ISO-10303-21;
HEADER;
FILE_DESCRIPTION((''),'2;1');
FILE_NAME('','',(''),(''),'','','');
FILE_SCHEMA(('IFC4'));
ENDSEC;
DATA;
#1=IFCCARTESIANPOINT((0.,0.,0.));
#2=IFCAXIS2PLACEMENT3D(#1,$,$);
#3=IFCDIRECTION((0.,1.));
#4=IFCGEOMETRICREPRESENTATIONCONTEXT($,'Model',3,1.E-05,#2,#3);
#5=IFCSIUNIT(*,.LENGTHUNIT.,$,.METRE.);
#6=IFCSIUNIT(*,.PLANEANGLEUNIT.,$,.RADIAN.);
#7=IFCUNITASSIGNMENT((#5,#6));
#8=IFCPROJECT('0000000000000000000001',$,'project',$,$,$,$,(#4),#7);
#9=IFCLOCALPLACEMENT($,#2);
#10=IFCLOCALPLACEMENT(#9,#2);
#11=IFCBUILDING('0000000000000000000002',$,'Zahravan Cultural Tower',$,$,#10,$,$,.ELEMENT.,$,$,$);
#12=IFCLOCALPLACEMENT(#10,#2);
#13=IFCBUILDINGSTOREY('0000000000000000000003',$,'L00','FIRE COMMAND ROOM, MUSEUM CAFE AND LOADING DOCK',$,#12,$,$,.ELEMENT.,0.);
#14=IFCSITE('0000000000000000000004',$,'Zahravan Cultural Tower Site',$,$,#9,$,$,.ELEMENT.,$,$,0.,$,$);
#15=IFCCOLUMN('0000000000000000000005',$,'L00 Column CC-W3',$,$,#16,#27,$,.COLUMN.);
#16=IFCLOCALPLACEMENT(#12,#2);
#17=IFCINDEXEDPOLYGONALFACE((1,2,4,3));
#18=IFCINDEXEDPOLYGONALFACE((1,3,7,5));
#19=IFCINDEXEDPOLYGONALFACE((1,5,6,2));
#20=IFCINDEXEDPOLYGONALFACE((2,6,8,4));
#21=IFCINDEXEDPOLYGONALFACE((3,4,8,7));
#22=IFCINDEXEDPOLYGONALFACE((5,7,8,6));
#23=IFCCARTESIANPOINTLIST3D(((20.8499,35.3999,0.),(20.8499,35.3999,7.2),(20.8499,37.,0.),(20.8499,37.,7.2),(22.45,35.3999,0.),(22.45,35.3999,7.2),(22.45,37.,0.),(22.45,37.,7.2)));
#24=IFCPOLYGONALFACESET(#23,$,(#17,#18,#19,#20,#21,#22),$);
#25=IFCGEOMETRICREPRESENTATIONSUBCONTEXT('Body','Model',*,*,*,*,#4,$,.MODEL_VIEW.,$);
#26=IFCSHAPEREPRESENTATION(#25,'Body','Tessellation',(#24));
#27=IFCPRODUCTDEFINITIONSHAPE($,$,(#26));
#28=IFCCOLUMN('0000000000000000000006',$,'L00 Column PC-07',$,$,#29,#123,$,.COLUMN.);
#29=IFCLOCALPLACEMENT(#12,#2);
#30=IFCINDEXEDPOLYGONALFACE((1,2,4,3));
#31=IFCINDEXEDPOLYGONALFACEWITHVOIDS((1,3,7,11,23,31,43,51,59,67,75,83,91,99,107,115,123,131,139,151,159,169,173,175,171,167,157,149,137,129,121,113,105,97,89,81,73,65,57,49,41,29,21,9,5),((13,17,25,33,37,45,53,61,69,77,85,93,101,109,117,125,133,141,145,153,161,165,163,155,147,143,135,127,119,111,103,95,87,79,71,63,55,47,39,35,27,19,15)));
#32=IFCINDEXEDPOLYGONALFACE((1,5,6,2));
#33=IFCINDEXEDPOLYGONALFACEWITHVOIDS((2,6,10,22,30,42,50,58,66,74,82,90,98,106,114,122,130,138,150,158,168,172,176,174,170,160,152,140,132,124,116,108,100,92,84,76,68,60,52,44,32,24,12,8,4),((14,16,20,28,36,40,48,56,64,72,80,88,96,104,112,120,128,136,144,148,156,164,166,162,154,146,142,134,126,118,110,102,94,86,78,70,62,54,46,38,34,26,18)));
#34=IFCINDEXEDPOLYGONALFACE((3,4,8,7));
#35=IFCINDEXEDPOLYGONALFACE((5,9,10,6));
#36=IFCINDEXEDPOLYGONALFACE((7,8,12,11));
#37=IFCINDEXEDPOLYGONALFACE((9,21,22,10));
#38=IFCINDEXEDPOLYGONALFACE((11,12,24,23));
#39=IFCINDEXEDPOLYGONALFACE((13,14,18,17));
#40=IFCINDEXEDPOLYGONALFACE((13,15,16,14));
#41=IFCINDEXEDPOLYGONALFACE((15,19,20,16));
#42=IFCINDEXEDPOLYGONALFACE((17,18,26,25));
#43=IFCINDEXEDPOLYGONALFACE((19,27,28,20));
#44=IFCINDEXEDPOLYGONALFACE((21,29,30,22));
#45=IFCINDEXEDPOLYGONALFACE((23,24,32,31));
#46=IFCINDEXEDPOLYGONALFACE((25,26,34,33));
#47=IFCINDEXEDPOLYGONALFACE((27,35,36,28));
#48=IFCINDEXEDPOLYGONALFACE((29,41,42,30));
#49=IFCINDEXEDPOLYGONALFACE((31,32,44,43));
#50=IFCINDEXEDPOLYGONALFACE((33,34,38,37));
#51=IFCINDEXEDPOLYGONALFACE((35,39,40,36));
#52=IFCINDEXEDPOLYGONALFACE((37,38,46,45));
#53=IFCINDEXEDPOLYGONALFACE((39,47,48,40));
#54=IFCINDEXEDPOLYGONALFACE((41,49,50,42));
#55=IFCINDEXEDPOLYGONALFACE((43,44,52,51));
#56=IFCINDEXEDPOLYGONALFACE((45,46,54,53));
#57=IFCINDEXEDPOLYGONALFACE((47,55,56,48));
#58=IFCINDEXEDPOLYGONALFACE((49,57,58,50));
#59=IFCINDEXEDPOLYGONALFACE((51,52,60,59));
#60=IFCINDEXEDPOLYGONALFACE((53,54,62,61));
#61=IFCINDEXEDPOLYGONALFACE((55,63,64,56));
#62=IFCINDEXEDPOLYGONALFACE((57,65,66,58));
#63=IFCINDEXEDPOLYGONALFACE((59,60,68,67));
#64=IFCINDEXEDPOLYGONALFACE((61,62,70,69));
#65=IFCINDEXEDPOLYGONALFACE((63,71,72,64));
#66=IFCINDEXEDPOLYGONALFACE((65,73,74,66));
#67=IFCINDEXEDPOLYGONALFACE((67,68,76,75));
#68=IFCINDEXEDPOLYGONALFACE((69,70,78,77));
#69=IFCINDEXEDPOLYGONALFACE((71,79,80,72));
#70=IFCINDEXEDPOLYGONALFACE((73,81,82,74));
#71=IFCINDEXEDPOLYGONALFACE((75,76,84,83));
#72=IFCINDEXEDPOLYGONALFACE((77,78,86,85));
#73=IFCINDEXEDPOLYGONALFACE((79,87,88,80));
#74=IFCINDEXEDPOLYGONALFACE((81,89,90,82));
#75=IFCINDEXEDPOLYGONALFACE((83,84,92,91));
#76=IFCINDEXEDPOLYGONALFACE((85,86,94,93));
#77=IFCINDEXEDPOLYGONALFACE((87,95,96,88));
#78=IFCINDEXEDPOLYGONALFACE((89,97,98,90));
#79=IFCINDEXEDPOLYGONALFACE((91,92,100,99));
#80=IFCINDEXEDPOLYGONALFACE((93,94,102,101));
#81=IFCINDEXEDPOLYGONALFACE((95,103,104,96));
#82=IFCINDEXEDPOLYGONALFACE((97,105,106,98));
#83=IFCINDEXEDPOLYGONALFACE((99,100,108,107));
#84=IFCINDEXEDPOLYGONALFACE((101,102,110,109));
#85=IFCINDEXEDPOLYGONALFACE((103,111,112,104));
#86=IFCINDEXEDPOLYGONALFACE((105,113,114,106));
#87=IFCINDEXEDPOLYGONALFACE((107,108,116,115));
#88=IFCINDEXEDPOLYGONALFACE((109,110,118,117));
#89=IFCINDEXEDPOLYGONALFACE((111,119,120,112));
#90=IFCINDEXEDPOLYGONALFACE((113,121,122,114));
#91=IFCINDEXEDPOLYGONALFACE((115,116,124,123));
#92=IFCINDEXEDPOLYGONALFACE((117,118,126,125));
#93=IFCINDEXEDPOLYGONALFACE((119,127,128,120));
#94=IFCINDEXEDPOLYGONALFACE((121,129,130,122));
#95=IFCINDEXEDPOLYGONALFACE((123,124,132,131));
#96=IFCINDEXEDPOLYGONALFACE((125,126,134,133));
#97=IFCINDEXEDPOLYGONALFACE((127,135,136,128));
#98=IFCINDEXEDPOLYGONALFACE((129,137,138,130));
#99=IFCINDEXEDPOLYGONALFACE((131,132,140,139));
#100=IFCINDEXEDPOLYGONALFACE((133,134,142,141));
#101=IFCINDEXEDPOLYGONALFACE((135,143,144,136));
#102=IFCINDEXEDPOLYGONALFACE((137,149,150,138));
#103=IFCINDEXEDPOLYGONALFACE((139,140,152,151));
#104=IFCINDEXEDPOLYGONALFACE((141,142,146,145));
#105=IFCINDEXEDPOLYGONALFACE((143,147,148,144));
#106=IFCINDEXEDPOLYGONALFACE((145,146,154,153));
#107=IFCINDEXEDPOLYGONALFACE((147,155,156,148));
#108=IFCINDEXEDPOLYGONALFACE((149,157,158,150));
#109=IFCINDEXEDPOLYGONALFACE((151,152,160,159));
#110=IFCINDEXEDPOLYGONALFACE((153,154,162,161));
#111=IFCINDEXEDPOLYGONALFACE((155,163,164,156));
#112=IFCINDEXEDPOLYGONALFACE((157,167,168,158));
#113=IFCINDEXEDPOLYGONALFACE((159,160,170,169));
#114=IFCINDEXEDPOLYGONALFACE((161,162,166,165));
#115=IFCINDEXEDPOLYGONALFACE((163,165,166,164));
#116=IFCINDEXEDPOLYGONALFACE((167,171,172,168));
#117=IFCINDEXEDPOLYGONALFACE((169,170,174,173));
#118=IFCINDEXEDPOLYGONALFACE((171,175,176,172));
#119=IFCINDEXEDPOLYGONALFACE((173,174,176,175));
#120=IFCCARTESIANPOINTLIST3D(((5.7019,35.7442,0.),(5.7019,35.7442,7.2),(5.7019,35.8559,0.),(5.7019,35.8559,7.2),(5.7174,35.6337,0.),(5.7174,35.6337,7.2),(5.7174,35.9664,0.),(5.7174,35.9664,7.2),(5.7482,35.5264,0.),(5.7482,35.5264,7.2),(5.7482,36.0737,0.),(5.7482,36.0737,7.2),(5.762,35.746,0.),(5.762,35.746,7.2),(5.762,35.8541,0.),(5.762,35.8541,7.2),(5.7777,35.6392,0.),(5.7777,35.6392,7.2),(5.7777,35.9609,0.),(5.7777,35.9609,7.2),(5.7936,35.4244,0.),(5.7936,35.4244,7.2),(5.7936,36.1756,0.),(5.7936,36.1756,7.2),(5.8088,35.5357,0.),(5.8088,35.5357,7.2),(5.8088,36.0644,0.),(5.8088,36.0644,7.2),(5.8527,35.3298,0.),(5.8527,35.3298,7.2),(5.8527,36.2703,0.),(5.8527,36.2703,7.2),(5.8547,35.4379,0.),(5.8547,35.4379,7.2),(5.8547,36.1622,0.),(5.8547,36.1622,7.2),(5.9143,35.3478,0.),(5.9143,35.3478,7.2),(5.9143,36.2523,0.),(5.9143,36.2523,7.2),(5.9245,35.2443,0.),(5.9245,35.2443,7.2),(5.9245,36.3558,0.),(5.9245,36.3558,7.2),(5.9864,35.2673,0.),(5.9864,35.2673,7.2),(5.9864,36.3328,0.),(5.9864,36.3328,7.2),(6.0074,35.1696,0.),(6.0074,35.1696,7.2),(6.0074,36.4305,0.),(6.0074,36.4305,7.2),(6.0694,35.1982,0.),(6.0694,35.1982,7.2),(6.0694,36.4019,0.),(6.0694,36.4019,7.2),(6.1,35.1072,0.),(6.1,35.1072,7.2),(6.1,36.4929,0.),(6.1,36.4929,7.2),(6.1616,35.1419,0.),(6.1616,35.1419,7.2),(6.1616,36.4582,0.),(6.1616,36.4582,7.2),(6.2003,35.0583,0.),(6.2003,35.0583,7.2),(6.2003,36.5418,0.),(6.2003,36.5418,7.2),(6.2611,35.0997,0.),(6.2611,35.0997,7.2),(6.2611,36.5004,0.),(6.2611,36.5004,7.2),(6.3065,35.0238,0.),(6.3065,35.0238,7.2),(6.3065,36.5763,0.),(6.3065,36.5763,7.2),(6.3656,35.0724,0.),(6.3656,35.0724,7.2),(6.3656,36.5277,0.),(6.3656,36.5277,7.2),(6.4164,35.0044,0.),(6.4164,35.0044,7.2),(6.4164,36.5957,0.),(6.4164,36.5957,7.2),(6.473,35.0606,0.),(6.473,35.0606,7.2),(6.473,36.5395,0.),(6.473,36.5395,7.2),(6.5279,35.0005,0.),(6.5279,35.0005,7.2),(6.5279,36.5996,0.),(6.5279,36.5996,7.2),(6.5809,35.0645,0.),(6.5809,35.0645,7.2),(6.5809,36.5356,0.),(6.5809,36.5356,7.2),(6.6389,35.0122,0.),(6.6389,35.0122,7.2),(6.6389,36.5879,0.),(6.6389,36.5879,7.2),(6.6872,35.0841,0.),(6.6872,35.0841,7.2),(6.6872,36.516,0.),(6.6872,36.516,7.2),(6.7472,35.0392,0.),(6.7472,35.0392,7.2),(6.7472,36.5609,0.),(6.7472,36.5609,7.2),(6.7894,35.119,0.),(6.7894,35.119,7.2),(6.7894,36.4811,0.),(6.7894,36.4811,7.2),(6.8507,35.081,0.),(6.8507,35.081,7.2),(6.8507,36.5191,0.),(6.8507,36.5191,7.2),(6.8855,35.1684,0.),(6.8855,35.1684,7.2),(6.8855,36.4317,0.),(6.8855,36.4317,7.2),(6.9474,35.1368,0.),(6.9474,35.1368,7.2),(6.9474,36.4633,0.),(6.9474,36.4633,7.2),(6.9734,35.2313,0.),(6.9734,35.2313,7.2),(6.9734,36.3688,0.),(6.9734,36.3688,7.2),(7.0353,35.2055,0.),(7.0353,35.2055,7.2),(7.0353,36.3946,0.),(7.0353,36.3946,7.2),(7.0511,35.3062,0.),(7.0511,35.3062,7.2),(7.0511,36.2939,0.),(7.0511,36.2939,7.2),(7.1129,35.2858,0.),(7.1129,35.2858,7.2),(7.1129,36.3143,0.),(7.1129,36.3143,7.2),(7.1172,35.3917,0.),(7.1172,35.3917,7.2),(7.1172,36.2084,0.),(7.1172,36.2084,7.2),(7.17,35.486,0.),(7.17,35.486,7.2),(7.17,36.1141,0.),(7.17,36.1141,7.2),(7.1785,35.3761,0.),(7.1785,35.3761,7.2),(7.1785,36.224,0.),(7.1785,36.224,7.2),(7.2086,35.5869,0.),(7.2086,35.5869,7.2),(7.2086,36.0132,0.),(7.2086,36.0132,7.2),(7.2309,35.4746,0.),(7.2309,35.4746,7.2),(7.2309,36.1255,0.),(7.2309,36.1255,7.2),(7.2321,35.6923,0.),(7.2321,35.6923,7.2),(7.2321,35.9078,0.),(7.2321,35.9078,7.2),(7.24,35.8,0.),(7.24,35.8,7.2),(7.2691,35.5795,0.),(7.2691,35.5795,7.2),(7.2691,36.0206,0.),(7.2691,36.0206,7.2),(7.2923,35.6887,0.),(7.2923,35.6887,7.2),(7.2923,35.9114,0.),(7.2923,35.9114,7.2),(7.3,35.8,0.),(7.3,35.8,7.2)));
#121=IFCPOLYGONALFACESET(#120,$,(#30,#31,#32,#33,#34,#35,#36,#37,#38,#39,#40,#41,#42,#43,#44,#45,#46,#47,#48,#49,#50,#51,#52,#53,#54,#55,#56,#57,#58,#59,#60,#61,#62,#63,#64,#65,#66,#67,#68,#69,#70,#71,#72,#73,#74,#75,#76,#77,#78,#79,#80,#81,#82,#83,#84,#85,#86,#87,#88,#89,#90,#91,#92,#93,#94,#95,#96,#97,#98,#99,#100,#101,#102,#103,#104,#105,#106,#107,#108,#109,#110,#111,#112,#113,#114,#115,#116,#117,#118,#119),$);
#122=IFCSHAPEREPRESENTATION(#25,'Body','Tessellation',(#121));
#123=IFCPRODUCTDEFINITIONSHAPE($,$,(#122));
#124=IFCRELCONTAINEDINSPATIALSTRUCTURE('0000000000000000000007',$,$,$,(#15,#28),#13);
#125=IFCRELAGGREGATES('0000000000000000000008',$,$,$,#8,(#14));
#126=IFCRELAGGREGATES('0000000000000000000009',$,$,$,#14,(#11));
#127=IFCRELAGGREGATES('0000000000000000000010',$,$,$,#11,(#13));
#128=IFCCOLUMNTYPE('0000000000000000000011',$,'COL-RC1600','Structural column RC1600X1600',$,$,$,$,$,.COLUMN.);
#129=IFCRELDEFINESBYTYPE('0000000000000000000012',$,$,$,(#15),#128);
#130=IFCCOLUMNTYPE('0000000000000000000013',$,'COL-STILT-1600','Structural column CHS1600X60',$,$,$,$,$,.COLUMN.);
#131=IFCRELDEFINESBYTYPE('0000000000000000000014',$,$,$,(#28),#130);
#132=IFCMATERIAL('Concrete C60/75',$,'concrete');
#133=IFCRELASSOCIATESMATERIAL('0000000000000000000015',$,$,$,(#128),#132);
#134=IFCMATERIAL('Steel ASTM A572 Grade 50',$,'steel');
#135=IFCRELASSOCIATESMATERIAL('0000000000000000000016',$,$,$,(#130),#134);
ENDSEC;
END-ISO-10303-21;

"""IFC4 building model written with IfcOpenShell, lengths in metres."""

from ifc_helpers import new_model, si_unit, direction, frame, origin, origin_2d, place, context, subcontext, project, spatial, rectangle, hollow_circle, extrude, source, transform, mapped, material, material_profile, profile_set, type_object, element, save


model = new_model("IFC4")

# Units and contexts
model_context = context("Model", 3, precision=1e-05, world=origin(), true_north=direction((0.0, 1.0)))
body_context = subcontext(model_context, "Body", "Model", "MODEL_VIEW")
ifc_project = project(units=[si_unit("LENGTHUNIT", "METRE"), si_unit("PLANEANGLEUNIT", "RADIAN")], contexts=[model_context])

# Site, building, storey
site_placement = place(None, origin())
site = spatial("IfcSite", under=ifc_project, at=site_placement, Name="Zahravan Cultural Tower Site", CompositionType="ELEMENT", RefElevation=0.0)
building_placement = place(site_placement, origin())
building = spatial("IfcBuilding", under=site, at=building_placement, Name="Zahravan Cultural Tower", CompositionType="ELEMENT")
storey_placement = place(building_placement, origin())
storey = spatial("IfcBuildingStorey", under=building, at=storey_placement, Name="L00", Description="FIRE COMMAND ROOM, MUSEUM CAFE AND LOADING DOCK", CompositionType="ELEMENT", Elevation=0.0)

# Columns
ifc_material_1 = material(Name="Concrete C60/75", Category="concrete")
ifc_material_profile_1 = material_profile(ifc_material_1, rectangle(XDim=1.6001, YDim=1.6001, at=origin_2d()), Name="RC1600X1600")
ifc_profile_set_1 = profile_set([ifc_material_profile_1], Name="Concrete C60/75")
column_type_1 = type_object("IfcColumnType", Name="COL-RC1600", Description="Structural column RC1600X1600", PredefinedType="COLUMN", material=ifc_profile_set_1)
shared_shape_1 = source(origin(), body_context, "Body", "SweptSolid", [
    extrude(rectangle(XDim=1.6001, YDim=1.6001, at=origin_2d()), origin(), (0.0, 0.0, 1.0), 7.2),
])
column_1_placement = place(storey_placement, frame((21.6499, 36.2, 0.0), z_axis=(0.0, 0.0, 1.0), x_axis=(1.0, 0.0, 0.0)))
element("IfcColumn", 1, at=column_1_placement, inside=storey, type_object=column_type_1, Name="L00 Column CC-W3", PredefinedType="COLUMN", context=body_context, shape_type="MappedRepresentation", body=[
    mapped(shared_shape_1, transform((0.0, 0.0, 0.0), x_axis=(1.0, 0.0, 0.0), y_axis=(0.0, 1.0, 0.0), z_axis=(0.0, 0.0, 1.0), scale=1.0)),
])
ifc_material_2 = material(Name="Steel ASTM A572 Grade 50", Category="steel")
ifc_material_profile_2 = material_profile(ifc_material_2, hollow_circle(Radius=0.8, WallThickness=0.0601, at=origin_2d()), Name="CHS1600X60")
ifc_profile_set_2 = profile_set([ifc_material_profile_2], Name="Steel ASTM A572 Grade 50")
column_type_2 = type_object("IfcColumnType", Name="COL-STILT-1600", Description="Structural column CHS1600X60", PredefinedType="COLUMN", material=ifc_profile_set_2)
shared_shape_2 = source(origin(), body_context, "Body", "SweptSolid", [
    extrude(hollow_circle(Radius=0.8, WallThickness=0.0601, at=origin_2d()), origin(), (0.0, 0.0, 1.0), 7.2),
])
for number, where, z_axis, x_axis, name in (
    (2, (6.5, 35.8, 0.0), (0.0, 0.0, 1.0), (1.0, 0.0, 0.0), "L00 Column PC-07"),
):
    element("IfcColumn", number, at=place(storey_placement, frame(where, z_axis=z_axis, x_axis=x_axis)), inside=storey, type_object=column_type_2, Name=name, PredefinedType="COLUMN", context=body_context, shape_type="MappedRepresentation", body=[
        mapped(shared_shape_2, transform((0.0, 0.0, 0.0), x_axis=(1.0, 0.0, 0.0), y_axis=(0.0, 1.0, 0.0), z_axis=(0.0, 0.0, 1.0), scale=1.0)),
    ])

save(model, "model.ifc")
